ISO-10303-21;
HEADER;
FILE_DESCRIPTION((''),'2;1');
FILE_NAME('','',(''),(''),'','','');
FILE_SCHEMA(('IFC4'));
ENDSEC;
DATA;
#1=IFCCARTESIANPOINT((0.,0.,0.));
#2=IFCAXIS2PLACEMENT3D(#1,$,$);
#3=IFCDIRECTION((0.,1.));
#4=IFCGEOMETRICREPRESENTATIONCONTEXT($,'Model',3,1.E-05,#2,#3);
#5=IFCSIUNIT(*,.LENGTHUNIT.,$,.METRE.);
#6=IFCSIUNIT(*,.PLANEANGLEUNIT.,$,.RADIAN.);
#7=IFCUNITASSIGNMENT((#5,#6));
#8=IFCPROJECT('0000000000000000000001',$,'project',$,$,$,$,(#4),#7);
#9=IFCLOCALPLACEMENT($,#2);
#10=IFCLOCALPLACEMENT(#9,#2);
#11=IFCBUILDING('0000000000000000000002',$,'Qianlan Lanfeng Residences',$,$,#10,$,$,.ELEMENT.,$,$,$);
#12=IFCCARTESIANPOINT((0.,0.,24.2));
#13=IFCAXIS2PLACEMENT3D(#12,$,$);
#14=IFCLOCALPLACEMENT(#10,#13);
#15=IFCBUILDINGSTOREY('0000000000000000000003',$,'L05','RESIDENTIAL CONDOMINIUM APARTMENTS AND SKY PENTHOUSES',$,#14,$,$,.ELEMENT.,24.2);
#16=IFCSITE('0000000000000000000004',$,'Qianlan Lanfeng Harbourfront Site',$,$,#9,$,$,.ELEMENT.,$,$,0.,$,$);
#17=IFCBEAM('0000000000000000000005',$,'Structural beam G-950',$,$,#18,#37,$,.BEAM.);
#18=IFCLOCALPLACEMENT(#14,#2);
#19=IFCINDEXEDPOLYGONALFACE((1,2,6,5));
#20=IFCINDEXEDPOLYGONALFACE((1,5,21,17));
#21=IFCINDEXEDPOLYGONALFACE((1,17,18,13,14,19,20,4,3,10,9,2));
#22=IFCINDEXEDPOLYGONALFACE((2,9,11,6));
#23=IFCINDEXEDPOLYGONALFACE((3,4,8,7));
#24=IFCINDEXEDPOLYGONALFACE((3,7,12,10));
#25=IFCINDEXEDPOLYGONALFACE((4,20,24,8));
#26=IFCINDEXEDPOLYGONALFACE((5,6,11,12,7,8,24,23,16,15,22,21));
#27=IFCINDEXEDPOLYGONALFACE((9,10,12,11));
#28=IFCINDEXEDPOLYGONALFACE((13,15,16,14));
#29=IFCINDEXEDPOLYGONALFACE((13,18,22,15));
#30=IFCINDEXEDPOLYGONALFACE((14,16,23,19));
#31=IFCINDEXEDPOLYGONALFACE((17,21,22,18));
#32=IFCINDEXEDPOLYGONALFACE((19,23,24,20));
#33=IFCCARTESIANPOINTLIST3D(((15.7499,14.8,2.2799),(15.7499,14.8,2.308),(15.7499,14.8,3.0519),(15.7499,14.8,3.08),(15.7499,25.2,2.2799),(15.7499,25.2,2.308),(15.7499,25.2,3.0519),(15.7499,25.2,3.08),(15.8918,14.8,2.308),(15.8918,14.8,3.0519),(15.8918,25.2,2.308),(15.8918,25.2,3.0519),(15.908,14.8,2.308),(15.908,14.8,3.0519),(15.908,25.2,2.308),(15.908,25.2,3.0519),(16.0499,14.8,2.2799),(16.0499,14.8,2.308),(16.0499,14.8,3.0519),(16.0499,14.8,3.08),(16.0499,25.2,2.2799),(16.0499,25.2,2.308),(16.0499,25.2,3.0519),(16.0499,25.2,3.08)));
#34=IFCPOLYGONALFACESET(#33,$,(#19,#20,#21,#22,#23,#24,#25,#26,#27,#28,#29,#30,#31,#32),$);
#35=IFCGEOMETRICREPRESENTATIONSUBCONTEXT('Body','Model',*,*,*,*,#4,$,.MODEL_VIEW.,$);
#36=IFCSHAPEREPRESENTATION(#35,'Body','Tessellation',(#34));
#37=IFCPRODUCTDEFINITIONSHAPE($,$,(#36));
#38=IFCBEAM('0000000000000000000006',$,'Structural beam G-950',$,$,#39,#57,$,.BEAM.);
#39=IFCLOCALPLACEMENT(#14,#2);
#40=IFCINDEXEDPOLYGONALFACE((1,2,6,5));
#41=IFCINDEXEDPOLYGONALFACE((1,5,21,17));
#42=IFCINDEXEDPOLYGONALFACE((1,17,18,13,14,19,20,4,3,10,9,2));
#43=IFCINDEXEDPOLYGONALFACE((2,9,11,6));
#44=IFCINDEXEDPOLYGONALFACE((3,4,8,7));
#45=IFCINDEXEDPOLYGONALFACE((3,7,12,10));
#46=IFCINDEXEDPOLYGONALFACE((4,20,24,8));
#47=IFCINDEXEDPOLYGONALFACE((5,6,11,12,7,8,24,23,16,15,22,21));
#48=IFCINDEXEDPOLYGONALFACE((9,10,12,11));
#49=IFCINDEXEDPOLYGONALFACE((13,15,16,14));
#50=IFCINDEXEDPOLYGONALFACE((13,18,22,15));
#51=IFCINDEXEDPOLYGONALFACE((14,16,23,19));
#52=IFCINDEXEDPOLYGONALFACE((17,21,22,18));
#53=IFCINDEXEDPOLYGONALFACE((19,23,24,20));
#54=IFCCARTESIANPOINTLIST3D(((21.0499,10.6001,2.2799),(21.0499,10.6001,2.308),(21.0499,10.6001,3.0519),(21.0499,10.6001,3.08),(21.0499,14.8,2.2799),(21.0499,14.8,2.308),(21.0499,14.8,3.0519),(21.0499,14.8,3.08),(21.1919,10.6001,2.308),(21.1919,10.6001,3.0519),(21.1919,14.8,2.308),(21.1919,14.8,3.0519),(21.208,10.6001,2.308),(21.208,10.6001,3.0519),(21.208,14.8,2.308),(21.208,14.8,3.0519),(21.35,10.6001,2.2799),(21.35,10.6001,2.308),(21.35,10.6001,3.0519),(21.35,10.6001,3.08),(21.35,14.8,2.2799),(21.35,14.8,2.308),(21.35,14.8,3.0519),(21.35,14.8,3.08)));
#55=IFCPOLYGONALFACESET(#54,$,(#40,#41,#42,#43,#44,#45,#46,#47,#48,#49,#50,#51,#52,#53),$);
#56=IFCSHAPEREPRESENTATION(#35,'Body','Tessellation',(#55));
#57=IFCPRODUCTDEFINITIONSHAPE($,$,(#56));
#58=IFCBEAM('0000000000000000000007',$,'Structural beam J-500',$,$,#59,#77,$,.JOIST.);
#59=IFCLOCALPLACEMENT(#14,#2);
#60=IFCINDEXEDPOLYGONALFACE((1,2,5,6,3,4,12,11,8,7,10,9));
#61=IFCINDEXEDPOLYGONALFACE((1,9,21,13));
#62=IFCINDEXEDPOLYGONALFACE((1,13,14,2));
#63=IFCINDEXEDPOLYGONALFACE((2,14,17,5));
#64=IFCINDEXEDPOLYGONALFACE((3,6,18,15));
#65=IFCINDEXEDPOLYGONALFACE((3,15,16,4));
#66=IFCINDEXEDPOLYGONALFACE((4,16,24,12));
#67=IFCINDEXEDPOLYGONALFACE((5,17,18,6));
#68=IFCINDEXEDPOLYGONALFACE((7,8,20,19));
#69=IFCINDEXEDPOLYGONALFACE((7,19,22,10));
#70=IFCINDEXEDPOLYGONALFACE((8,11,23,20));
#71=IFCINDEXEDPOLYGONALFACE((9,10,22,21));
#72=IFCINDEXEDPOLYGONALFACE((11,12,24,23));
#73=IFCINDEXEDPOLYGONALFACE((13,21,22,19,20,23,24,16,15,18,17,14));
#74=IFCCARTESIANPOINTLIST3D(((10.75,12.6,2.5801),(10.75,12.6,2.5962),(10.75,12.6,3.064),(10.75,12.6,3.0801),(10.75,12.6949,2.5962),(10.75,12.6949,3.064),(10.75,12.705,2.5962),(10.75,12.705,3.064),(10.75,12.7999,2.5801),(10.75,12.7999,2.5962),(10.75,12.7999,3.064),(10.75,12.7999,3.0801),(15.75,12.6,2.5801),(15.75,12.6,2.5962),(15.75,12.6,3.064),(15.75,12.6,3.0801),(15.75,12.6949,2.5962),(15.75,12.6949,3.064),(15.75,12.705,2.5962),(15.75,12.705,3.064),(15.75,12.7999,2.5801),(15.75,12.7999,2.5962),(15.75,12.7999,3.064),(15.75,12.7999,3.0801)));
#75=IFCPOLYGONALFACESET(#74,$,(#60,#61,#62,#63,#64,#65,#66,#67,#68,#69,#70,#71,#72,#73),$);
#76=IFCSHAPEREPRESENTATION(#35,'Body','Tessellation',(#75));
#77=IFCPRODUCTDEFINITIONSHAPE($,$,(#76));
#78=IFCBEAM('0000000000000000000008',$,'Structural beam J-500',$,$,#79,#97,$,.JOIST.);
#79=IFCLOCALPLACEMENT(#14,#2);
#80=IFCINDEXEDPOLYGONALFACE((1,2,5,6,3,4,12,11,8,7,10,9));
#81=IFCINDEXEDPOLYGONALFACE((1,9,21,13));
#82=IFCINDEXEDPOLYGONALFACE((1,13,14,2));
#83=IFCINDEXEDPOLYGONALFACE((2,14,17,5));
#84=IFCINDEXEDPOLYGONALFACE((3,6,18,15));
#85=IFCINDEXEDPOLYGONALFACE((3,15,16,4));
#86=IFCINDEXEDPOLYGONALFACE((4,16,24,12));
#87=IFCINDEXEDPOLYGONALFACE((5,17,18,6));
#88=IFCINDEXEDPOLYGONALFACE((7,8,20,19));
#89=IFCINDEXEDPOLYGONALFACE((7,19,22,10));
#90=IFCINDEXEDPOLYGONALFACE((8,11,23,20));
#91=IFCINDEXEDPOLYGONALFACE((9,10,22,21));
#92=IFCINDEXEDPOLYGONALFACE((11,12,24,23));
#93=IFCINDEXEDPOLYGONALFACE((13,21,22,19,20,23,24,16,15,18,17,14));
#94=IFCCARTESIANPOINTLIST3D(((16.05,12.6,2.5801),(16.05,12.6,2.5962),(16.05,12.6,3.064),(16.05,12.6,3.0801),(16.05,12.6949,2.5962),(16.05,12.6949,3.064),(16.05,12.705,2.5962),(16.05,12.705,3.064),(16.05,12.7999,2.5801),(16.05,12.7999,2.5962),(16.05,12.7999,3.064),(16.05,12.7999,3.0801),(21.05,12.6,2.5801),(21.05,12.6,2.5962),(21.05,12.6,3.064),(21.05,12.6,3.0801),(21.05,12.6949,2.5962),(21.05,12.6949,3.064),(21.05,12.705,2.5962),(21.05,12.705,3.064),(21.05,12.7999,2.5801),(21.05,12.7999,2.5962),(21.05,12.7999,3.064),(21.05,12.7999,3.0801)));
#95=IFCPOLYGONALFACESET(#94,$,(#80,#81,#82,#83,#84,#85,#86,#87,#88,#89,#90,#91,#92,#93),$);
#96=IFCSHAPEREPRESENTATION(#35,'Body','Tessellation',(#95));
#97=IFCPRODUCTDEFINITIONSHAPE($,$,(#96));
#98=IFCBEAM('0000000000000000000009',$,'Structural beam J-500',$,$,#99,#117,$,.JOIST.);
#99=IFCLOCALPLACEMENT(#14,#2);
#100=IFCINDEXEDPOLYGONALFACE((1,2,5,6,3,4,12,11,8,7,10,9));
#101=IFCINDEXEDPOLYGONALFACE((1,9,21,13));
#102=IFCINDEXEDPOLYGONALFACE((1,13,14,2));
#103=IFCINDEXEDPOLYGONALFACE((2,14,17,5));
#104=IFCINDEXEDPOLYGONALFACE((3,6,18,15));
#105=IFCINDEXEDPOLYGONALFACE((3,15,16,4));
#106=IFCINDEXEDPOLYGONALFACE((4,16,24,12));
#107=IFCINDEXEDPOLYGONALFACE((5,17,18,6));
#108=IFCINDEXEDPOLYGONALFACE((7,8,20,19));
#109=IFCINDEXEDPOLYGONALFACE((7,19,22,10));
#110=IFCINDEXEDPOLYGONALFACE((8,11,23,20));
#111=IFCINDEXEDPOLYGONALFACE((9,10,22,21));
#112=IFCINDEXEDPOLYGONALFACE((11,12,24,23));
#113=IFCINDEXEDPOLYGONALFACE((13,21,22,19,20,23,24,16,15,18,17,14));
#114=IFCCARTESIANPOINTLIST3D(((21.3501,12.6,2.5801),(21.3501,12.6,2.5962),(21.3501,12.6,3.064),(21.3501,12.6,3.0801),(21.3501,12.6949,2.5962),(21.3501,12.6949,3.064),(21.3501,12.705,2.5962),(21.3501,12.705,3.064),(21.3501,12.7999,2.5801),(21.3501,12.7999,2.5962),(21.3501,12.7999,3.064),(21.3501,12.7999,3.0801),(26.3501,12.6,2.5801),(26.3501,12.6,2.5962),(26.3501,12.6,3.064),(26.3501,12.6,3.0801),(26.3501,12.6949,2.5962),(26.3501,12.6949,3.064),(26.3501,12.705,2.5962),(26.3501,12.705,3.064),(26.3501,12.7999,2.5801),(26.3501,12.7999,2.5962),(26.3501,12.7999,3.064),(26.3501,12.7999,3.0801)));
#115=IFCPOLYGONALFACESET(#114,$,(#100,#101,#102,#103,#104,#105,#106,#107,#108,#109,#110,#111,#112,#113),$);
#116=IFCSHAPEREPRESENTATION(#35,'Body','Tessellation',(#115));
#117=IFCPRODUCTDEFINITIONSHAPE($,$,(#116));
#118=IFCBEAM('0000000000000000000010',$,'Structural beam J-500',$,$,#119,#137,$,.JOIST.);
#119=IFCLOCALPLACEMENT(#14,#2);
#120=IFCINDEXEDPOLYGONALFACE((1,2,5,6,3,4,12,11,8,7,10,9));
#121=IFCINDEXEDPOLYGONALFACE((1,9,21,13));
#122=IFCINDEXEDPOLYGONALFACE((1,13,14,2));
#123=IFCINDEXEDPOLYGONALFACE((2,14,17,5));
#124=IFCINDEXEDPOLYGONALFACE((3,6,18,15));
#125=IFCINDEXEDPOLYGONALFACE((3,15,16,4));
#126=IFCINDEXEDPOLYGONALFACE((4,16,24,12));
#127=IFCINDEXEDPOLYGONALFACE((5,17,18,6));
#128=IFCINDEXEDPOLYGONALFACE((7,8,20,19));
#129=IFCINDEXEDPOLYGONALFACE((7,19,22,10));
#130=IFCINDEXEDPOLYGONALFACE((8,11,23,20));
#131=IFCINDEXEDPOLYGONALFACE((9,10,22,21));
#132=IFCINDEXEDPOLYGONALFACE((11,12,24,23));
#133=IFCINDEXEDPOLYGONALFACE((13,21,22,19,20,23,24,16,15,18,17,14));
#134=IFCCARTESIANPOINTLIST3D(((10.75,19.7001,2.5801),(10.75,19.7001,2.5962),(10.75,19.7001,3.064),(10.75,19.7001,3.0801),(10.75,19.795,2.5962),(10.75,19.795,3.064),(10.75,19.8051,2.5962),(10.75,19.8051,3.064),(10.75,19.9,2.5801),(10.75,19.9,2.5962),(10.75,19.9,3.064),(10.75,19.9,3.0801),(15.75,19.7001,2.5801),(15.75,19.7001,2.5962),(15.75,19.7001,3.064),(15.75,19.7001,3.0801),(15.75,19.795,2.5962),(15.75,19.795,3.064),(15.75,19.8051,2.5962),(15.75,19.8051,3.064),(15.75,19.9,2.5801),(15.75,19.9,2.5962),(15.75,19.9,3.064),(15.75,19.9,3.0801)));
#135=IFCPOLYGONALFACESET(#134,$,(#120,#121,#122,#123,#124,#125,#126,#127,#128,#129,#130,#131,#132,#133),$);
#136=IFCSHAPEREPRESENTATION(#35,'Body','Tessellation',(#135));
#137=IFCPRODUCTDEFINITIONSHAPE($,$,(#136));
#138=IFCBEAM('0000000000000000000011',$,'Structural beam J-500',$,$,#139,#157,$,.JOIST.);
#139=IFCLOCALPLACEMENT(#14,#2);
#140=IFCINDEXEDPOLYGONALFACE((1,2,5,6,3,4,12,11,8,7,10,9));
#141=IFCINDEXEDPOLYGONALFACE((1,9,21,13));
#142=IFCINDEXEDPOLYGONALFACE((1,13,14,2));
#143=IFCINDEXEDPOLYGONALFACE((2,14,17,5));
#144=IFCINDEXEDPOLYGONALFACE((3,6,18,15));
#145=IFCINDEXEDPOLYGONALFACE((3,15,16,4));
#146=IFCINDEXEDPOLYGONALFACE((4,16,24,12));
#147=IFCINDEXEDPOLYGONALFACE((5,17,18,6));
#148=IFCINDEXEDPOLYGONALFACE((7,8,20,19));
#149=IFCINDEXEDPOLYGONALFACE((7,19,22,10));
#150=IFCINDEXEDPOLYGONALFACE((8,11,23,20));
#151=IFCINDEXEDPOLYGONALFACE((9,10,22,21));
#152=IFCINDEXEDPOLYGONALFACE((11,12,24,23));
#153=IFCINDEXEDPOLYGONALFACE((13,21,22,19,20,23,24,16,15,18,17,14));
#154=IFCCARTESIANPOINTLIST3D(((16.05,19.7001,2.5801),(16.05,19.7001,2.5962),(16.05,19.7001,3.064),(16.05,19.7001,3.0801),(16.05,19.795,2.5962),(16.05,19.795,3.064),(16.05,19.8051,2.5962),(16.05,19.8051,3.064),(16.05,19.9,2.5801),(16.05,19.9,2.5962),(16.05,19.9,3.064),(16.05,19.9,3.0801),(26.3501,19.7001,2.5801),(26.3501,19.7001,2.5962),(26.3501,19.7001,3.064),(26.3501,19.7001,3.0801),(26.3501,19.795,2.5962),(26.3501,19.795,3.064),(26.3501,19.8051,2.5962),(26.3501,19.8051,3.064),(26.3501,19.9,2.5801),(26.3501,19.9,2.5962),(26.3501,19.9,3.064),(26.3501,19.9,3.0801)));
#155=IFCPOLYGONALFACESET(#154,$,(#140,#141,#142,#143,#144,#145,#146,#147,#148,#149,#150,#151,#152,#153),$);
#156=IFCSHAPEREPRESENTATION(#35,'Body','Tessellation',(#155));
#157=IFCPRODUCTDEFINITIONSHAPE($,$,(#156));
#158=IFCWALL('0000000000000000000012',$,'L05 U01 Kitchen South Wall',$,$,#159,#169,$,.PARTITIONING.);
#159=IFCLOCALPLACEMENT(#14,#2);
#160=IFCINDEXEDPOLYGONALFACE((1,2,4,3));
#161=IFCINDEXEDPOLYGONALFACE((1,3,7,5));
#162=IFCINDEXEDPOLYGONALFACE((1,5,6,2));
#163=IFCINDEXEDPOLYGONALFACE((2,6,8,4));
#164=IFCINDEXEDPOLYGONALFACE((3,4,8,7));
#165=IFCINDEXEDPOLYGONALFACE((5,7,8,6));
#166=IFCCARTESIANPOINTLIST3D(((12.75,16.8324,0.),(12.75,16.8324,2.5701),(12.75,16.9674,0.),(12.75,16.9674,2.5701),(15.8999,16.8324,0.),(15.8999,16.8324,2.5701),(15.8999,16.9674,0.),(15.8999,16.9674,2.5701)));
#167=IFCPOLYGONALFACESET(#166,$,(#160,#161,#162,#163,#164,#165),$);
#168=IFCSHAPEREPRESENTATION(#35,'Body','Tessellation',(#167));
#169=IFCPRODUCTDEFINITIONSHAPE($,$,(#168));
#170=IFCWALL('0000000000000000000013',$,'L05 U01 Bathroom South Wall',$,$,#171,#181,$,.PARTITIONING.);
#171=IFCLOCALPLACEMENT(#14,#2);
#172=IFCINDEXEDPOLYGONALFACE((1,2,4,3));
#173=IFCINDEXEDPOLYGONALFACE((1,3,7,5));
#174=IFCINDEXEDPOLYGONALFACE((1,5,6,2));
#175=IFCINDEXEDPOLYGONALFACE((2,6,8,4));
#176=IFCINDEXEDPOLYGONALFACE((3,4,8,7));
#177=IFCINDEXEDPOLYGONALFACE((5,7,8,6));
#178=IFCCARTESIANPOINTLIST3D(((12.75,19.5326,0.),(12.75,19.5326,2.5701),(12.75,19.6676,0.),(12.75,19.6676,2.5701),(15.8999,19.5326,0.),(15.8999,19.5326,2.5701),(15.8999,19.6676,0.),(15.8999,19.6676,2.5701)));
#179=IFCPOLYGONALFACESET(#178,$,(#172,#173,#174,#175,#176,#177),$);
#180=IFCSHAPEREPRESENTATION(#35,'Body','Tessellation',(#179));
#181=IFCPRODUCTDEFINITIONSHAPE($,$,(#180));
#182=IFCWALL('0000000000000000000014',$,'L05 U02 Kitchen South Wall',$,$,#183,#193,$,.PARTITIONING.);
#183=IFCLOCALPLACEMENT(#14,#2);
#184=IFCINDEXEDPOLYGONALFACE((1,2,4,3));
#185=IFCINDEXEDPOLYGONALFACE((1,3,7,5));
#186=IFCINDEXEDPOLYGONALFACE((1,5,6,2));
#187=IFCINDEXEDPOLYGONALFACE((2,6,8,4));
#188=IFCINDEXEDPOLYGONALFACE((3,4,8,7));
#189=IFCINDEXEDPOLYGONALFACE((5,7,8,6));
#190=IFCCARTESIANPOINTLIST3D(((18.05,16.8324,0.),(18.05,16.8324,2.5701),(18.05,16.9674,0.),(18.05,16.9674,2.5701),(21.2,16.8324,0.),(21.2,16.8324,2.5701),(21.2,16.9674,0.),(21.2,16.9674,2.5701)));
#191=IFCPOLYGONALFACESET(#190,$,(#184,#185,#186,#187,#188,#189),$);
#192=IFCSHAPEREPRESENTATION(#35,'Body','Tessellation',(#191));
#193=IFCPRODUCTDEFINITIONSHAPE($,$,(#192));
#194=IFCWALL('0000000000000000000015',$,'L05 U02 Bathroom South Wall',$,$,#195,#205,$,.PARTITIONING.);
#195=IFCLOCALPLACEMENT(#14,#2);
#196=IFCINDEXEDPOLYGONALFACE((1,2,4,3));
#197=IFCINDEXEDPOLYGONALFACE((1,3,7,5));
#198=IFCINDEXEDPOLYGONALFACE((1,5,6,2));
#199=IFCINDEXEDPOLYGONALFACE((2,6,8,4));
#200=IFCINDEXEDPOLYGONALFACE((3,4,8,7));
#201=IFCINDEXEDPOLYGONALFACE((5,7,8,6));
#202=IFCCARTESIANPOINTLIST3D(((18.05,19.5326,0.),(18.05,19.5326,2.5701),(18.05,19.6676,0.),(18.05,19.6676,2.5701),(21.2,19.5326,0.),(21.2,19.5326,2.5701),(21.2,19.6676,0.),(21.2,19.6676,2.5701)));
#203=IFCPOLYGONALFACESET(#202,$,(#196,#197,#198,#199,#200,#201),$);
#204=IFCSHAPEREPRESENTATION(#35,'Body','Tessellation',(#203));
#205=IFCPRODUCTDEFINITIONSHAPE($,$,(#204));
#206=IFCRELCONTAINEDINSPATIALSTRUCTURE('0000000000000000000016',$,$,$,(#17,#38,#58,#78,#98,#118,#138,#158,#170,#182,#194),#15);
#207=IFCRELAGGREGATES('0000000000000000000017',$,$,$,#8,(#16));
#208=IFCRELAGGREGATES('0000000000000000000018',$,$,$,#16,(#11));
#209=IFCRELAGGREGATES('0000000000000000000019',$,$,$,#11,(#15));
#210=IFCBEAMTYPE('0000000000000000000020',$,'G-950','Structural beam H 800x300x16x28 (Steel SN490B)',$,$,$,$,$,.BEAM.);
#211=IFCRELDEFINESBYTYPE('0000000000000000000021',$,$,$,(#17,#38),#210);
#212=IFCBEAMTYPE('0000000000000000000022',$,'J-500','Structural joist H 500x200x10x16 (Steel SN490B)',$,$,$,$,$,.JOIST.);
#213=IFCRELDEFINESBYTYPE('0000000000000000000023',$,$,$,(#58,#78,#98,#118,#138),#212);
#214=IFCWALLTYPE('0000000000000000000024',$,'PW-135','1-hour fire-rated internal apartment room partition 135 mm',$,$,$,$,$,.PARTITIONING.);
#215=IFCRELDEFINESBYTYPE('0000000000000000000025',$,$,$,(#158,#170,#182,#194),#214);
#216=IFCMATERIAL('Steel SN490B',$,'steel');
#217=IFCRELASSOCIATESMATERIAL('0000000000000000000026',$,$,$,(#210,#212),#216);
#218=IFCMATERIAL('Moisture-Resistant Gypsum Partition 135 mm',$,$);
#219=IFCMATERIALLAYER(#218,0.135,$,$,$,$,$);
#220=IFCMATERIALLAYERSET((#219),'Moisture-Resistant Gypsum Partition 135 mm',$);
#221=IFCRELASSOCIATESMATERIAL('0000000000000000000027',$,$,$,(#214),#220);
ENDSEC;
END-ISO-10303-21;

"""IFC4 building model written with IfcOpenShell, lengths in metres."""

from ifc_helpers import new_model, si_unit, direction, frame, frame_2d, origin, origin_2d, place, context, subcontext, project, spatial, rectangle, i_section, extrude, material, layer, layer_set, material_profile, profile_set, type_object, element, save


model = new_model("IFC4")

# Units and contexts
model_context = context("Model", 3, precision=1e-05, world=origin(), true_north=direction((0.0, 1.0)))
body_context = subcontext(model_context, "Body", "Model", "MODEL_VIEW")
ifc_project = project(units=[si_unit("LENGTHUNIT", "METRE"), si_unit("PLANEANGLEUNIT", "RADIAN")], contexts=[model_context])

# Site, building, storey
site_placement = place(None, origin())
site = spatial("IfcSite", under=ifc_project, at=site_placement, Name="Qianlan Lanfeng Harbourfront Site", CompositionType="ELEMENT", RefElevation=0.0)
building_placement = place(site_placement, origin())
building = spatial("IfcBuilding", under=site, at=building_placement, Name="Qianlan Lanfeng Residences", CompositionType="ELEMENT")
storey_placement = place(building_placement, frame((0.0, 0.0, 24.2)))
storey = spatial("IfcBuildingStorey", under=building, at=storey_placement, Name="L05", Description="RESIDENTIAL CONDOMINIUM APARTMENTS AND SKY PENTHOUSES", CompositionType="ELEMENT", Elevation=24.2)

# Beams
ifc_material_1 = material(Name="Steel SN490B", Category="steel")
ifc_material_profile_1 = material_profile(ifc_material_1, i_section(OverallWidth=0.3, OverallDepth=0.8, WebThickness=0.0161, FlangeThickness=0.0281, at=origin_2d()), Name="H 800x300x16x28")
ifc_profile_set_1 = profile_set([ifc_material_profile_1], Name="Steel SN490B")
beam_type_1 = type_object("IfcBeamType", Name="G-950", Description="Structural beam H 800x300x16x28 (Steel SN490B)", PredefinedType="BEAM", material=ifc_profile_set_1)
beam_1_placement = place(storey_placement, frame((15.8999, 14.8, 2.6799), z_axis=(0.0, 1.0, 0.0), x_axis=(-1.0, 0.0, 0.0)))
element("IfcBeam", 1, at=beam_1_placement, inside=storey, type_object=beam_type_1, Name="Structural beam G-950", PredefinedType="BEAM", context=body_context, shape_type="SweptSolid", body=[
    extrude(i_section(OverallWidth=0.3, OverallDepth=0.8, WebThickness=0.0161, FlangeThickness=0.0281, at=origin_2d()), origin(), (0.0, 0.0, 1.0), 10.3999),
])
beam_2_placement = place(storey_placement, frame((21.2, 10.6001, 2.6799), z_axis=(0.0, 1.0, 0.0), x_axis=(-1.0, 0.0, 0.0)))
element("IfcBeam", 2, at=beam_2_placement, inside=storey, type_object=beam_type_1, Name="Structural beam G-950", PredefinedType="BEAM", context=body_context, shape_type="SweptSolid", body=[
    extrude(i_section(OverallWidth=0.3, OverallDepth=0.8, WebThickness=0.0161, FlangeThickness=0.0281, at=origin_2d()), origin(), (0.0, 0.0, 1.0), 4.2),
])
ifc_material_profile_2 = material_profile(ifc_material_1, i_section(OverallWidth=0.2, OverallDepth=0.5, WebThickness=0.01, FlangeThickness=0.0161, at=origin_2d()), Name="H 500x200x10x16")
ifc_profile_set_2 = profile_set([ifc_material_profile_2], Name="Steel SN490B")
beam_type_2 = type_object("IfcBeamType", Name="J-500", Description="Structural joist H 500x200x10x16 (Steel SN490B)", PredefinedType="JOIST", material=ifc_profile_set_2)
for number, where, z_axis, x_axis, name in (
    (3, (10.75, 12.7, 2.8301), (1.0, 0.0, 0.0), (0.0, 1.0, 0.0), "Structural beam J-500"),
    (4, (16.05, 12.7, 2.8301), (1.0, 0.0, 0.0), (0.0, 1.0, 0.0), "Structural beam J-500"),
    (5, (21.3501, 12.7, 2.8301), (1.0, 0.0, 0.0), (0.0, 1.0, 0.0), "Structural beam J-500"),
    (6, (10.75, 19.8, 2.8301), (1.0, 0.0, 0.0), (0.0, 1.0, 0.0), "Structural beam J-500"),
):
    element("IfcBeam", number, at=place(storey_placement, frame(where, z_axis=z_axis, x_axis=x_axis)), inside=storey, type_object=beam_type_2, Name=name, PredefinedType="JOIST", context=body_context, shape_type="SweptSolid", body=[
        extrude(i_section(OverallWidth=0.2, OverallDepth=0.5, WebThickness=0.01, FlangeThickness=0.0161, at=origin_2d()), origin(), (0.0, 0.0, 1.0), 5.0),
    ])
beam_3_placement = place(storey_placement, frame((16.05, 19.8, 2.8301), z_axis=(1.0, 0.0, 0.0), x_axis=(0.0, 1.0, 0.0)))
element("IfcBeam", 7, at=beam_3_placement, inside=storey, type_object=beam_type_2, Name="Structural beam J-500", PredefinedType="JOIST", context=body_context, shape_type="SweptSolid", body=[
    extrude(i_section(OverallWidth=0.2, OverallDepth=0.5, WebThickness=0.01, FlangeThickness=0.0161, at=origin_2d()), origin(), (0.0, 0.0, 1.0), 10.3),
])

# Walls
ifc_material_2 = material(Name="Moisture-Resistant Gypsum Partition 135 mm")
ifc_layer = layer(ifc_material_2, 0.135)
ifc_layer_set = layer_set([ifc_layer], Name="Moisture-Resistant Gypsum Partition 135 mm")
wall_type = type_object("IfcWallType", Name="PW-135", Description="1-hour fire-rated internal apartment room partition 135 mm", PredefinedType="PARTITIONING", material=ifc_layer_set)
for number, where, z_axis, x_axis, name in (
    (8, (12.75, 16.8999, 0.0), (0.0, 0.0, 1.0), (1.0, 0.0, 0.0), "L05 U01 Kitchen South Wall"),
    (9, (12.75, 19.6001, 0.0), (0.0, 0.0, 1.0), (1.0, 0.0, 0.0), "L05 U01 Bathroom South Wall"),
    (10, (18.05, 16.8999, 0.0), (0.0, 0.0, 1.0), (1.0, 0.0, 0.0), "L05 U02 Kitchen South Wall"),
    (11, (18.05, 19.6001, 0.0), (0.0, 0.0, 1.0), (1.0, 0.0, 0.0), "L05 U02 Bathroom South Wall"),
):
    element("IfcWall", number, at=place(storey_placement, frame(where, z_axis=z_axis, x_axis=x_axis)), inside=storey, type_object=wall_type, Name=name, PredefinedType="PARTITIONING", context=body_context, shape_type="SweptSolid", body=[
        extrude(rectangle(XDim=3.1499, YDim=0.135, at=frame_2d((1.575, 0.0))), origin(), (0.0, 0.0, 1.0), 2.5701),
    ])

save(model, "model.ifc")
